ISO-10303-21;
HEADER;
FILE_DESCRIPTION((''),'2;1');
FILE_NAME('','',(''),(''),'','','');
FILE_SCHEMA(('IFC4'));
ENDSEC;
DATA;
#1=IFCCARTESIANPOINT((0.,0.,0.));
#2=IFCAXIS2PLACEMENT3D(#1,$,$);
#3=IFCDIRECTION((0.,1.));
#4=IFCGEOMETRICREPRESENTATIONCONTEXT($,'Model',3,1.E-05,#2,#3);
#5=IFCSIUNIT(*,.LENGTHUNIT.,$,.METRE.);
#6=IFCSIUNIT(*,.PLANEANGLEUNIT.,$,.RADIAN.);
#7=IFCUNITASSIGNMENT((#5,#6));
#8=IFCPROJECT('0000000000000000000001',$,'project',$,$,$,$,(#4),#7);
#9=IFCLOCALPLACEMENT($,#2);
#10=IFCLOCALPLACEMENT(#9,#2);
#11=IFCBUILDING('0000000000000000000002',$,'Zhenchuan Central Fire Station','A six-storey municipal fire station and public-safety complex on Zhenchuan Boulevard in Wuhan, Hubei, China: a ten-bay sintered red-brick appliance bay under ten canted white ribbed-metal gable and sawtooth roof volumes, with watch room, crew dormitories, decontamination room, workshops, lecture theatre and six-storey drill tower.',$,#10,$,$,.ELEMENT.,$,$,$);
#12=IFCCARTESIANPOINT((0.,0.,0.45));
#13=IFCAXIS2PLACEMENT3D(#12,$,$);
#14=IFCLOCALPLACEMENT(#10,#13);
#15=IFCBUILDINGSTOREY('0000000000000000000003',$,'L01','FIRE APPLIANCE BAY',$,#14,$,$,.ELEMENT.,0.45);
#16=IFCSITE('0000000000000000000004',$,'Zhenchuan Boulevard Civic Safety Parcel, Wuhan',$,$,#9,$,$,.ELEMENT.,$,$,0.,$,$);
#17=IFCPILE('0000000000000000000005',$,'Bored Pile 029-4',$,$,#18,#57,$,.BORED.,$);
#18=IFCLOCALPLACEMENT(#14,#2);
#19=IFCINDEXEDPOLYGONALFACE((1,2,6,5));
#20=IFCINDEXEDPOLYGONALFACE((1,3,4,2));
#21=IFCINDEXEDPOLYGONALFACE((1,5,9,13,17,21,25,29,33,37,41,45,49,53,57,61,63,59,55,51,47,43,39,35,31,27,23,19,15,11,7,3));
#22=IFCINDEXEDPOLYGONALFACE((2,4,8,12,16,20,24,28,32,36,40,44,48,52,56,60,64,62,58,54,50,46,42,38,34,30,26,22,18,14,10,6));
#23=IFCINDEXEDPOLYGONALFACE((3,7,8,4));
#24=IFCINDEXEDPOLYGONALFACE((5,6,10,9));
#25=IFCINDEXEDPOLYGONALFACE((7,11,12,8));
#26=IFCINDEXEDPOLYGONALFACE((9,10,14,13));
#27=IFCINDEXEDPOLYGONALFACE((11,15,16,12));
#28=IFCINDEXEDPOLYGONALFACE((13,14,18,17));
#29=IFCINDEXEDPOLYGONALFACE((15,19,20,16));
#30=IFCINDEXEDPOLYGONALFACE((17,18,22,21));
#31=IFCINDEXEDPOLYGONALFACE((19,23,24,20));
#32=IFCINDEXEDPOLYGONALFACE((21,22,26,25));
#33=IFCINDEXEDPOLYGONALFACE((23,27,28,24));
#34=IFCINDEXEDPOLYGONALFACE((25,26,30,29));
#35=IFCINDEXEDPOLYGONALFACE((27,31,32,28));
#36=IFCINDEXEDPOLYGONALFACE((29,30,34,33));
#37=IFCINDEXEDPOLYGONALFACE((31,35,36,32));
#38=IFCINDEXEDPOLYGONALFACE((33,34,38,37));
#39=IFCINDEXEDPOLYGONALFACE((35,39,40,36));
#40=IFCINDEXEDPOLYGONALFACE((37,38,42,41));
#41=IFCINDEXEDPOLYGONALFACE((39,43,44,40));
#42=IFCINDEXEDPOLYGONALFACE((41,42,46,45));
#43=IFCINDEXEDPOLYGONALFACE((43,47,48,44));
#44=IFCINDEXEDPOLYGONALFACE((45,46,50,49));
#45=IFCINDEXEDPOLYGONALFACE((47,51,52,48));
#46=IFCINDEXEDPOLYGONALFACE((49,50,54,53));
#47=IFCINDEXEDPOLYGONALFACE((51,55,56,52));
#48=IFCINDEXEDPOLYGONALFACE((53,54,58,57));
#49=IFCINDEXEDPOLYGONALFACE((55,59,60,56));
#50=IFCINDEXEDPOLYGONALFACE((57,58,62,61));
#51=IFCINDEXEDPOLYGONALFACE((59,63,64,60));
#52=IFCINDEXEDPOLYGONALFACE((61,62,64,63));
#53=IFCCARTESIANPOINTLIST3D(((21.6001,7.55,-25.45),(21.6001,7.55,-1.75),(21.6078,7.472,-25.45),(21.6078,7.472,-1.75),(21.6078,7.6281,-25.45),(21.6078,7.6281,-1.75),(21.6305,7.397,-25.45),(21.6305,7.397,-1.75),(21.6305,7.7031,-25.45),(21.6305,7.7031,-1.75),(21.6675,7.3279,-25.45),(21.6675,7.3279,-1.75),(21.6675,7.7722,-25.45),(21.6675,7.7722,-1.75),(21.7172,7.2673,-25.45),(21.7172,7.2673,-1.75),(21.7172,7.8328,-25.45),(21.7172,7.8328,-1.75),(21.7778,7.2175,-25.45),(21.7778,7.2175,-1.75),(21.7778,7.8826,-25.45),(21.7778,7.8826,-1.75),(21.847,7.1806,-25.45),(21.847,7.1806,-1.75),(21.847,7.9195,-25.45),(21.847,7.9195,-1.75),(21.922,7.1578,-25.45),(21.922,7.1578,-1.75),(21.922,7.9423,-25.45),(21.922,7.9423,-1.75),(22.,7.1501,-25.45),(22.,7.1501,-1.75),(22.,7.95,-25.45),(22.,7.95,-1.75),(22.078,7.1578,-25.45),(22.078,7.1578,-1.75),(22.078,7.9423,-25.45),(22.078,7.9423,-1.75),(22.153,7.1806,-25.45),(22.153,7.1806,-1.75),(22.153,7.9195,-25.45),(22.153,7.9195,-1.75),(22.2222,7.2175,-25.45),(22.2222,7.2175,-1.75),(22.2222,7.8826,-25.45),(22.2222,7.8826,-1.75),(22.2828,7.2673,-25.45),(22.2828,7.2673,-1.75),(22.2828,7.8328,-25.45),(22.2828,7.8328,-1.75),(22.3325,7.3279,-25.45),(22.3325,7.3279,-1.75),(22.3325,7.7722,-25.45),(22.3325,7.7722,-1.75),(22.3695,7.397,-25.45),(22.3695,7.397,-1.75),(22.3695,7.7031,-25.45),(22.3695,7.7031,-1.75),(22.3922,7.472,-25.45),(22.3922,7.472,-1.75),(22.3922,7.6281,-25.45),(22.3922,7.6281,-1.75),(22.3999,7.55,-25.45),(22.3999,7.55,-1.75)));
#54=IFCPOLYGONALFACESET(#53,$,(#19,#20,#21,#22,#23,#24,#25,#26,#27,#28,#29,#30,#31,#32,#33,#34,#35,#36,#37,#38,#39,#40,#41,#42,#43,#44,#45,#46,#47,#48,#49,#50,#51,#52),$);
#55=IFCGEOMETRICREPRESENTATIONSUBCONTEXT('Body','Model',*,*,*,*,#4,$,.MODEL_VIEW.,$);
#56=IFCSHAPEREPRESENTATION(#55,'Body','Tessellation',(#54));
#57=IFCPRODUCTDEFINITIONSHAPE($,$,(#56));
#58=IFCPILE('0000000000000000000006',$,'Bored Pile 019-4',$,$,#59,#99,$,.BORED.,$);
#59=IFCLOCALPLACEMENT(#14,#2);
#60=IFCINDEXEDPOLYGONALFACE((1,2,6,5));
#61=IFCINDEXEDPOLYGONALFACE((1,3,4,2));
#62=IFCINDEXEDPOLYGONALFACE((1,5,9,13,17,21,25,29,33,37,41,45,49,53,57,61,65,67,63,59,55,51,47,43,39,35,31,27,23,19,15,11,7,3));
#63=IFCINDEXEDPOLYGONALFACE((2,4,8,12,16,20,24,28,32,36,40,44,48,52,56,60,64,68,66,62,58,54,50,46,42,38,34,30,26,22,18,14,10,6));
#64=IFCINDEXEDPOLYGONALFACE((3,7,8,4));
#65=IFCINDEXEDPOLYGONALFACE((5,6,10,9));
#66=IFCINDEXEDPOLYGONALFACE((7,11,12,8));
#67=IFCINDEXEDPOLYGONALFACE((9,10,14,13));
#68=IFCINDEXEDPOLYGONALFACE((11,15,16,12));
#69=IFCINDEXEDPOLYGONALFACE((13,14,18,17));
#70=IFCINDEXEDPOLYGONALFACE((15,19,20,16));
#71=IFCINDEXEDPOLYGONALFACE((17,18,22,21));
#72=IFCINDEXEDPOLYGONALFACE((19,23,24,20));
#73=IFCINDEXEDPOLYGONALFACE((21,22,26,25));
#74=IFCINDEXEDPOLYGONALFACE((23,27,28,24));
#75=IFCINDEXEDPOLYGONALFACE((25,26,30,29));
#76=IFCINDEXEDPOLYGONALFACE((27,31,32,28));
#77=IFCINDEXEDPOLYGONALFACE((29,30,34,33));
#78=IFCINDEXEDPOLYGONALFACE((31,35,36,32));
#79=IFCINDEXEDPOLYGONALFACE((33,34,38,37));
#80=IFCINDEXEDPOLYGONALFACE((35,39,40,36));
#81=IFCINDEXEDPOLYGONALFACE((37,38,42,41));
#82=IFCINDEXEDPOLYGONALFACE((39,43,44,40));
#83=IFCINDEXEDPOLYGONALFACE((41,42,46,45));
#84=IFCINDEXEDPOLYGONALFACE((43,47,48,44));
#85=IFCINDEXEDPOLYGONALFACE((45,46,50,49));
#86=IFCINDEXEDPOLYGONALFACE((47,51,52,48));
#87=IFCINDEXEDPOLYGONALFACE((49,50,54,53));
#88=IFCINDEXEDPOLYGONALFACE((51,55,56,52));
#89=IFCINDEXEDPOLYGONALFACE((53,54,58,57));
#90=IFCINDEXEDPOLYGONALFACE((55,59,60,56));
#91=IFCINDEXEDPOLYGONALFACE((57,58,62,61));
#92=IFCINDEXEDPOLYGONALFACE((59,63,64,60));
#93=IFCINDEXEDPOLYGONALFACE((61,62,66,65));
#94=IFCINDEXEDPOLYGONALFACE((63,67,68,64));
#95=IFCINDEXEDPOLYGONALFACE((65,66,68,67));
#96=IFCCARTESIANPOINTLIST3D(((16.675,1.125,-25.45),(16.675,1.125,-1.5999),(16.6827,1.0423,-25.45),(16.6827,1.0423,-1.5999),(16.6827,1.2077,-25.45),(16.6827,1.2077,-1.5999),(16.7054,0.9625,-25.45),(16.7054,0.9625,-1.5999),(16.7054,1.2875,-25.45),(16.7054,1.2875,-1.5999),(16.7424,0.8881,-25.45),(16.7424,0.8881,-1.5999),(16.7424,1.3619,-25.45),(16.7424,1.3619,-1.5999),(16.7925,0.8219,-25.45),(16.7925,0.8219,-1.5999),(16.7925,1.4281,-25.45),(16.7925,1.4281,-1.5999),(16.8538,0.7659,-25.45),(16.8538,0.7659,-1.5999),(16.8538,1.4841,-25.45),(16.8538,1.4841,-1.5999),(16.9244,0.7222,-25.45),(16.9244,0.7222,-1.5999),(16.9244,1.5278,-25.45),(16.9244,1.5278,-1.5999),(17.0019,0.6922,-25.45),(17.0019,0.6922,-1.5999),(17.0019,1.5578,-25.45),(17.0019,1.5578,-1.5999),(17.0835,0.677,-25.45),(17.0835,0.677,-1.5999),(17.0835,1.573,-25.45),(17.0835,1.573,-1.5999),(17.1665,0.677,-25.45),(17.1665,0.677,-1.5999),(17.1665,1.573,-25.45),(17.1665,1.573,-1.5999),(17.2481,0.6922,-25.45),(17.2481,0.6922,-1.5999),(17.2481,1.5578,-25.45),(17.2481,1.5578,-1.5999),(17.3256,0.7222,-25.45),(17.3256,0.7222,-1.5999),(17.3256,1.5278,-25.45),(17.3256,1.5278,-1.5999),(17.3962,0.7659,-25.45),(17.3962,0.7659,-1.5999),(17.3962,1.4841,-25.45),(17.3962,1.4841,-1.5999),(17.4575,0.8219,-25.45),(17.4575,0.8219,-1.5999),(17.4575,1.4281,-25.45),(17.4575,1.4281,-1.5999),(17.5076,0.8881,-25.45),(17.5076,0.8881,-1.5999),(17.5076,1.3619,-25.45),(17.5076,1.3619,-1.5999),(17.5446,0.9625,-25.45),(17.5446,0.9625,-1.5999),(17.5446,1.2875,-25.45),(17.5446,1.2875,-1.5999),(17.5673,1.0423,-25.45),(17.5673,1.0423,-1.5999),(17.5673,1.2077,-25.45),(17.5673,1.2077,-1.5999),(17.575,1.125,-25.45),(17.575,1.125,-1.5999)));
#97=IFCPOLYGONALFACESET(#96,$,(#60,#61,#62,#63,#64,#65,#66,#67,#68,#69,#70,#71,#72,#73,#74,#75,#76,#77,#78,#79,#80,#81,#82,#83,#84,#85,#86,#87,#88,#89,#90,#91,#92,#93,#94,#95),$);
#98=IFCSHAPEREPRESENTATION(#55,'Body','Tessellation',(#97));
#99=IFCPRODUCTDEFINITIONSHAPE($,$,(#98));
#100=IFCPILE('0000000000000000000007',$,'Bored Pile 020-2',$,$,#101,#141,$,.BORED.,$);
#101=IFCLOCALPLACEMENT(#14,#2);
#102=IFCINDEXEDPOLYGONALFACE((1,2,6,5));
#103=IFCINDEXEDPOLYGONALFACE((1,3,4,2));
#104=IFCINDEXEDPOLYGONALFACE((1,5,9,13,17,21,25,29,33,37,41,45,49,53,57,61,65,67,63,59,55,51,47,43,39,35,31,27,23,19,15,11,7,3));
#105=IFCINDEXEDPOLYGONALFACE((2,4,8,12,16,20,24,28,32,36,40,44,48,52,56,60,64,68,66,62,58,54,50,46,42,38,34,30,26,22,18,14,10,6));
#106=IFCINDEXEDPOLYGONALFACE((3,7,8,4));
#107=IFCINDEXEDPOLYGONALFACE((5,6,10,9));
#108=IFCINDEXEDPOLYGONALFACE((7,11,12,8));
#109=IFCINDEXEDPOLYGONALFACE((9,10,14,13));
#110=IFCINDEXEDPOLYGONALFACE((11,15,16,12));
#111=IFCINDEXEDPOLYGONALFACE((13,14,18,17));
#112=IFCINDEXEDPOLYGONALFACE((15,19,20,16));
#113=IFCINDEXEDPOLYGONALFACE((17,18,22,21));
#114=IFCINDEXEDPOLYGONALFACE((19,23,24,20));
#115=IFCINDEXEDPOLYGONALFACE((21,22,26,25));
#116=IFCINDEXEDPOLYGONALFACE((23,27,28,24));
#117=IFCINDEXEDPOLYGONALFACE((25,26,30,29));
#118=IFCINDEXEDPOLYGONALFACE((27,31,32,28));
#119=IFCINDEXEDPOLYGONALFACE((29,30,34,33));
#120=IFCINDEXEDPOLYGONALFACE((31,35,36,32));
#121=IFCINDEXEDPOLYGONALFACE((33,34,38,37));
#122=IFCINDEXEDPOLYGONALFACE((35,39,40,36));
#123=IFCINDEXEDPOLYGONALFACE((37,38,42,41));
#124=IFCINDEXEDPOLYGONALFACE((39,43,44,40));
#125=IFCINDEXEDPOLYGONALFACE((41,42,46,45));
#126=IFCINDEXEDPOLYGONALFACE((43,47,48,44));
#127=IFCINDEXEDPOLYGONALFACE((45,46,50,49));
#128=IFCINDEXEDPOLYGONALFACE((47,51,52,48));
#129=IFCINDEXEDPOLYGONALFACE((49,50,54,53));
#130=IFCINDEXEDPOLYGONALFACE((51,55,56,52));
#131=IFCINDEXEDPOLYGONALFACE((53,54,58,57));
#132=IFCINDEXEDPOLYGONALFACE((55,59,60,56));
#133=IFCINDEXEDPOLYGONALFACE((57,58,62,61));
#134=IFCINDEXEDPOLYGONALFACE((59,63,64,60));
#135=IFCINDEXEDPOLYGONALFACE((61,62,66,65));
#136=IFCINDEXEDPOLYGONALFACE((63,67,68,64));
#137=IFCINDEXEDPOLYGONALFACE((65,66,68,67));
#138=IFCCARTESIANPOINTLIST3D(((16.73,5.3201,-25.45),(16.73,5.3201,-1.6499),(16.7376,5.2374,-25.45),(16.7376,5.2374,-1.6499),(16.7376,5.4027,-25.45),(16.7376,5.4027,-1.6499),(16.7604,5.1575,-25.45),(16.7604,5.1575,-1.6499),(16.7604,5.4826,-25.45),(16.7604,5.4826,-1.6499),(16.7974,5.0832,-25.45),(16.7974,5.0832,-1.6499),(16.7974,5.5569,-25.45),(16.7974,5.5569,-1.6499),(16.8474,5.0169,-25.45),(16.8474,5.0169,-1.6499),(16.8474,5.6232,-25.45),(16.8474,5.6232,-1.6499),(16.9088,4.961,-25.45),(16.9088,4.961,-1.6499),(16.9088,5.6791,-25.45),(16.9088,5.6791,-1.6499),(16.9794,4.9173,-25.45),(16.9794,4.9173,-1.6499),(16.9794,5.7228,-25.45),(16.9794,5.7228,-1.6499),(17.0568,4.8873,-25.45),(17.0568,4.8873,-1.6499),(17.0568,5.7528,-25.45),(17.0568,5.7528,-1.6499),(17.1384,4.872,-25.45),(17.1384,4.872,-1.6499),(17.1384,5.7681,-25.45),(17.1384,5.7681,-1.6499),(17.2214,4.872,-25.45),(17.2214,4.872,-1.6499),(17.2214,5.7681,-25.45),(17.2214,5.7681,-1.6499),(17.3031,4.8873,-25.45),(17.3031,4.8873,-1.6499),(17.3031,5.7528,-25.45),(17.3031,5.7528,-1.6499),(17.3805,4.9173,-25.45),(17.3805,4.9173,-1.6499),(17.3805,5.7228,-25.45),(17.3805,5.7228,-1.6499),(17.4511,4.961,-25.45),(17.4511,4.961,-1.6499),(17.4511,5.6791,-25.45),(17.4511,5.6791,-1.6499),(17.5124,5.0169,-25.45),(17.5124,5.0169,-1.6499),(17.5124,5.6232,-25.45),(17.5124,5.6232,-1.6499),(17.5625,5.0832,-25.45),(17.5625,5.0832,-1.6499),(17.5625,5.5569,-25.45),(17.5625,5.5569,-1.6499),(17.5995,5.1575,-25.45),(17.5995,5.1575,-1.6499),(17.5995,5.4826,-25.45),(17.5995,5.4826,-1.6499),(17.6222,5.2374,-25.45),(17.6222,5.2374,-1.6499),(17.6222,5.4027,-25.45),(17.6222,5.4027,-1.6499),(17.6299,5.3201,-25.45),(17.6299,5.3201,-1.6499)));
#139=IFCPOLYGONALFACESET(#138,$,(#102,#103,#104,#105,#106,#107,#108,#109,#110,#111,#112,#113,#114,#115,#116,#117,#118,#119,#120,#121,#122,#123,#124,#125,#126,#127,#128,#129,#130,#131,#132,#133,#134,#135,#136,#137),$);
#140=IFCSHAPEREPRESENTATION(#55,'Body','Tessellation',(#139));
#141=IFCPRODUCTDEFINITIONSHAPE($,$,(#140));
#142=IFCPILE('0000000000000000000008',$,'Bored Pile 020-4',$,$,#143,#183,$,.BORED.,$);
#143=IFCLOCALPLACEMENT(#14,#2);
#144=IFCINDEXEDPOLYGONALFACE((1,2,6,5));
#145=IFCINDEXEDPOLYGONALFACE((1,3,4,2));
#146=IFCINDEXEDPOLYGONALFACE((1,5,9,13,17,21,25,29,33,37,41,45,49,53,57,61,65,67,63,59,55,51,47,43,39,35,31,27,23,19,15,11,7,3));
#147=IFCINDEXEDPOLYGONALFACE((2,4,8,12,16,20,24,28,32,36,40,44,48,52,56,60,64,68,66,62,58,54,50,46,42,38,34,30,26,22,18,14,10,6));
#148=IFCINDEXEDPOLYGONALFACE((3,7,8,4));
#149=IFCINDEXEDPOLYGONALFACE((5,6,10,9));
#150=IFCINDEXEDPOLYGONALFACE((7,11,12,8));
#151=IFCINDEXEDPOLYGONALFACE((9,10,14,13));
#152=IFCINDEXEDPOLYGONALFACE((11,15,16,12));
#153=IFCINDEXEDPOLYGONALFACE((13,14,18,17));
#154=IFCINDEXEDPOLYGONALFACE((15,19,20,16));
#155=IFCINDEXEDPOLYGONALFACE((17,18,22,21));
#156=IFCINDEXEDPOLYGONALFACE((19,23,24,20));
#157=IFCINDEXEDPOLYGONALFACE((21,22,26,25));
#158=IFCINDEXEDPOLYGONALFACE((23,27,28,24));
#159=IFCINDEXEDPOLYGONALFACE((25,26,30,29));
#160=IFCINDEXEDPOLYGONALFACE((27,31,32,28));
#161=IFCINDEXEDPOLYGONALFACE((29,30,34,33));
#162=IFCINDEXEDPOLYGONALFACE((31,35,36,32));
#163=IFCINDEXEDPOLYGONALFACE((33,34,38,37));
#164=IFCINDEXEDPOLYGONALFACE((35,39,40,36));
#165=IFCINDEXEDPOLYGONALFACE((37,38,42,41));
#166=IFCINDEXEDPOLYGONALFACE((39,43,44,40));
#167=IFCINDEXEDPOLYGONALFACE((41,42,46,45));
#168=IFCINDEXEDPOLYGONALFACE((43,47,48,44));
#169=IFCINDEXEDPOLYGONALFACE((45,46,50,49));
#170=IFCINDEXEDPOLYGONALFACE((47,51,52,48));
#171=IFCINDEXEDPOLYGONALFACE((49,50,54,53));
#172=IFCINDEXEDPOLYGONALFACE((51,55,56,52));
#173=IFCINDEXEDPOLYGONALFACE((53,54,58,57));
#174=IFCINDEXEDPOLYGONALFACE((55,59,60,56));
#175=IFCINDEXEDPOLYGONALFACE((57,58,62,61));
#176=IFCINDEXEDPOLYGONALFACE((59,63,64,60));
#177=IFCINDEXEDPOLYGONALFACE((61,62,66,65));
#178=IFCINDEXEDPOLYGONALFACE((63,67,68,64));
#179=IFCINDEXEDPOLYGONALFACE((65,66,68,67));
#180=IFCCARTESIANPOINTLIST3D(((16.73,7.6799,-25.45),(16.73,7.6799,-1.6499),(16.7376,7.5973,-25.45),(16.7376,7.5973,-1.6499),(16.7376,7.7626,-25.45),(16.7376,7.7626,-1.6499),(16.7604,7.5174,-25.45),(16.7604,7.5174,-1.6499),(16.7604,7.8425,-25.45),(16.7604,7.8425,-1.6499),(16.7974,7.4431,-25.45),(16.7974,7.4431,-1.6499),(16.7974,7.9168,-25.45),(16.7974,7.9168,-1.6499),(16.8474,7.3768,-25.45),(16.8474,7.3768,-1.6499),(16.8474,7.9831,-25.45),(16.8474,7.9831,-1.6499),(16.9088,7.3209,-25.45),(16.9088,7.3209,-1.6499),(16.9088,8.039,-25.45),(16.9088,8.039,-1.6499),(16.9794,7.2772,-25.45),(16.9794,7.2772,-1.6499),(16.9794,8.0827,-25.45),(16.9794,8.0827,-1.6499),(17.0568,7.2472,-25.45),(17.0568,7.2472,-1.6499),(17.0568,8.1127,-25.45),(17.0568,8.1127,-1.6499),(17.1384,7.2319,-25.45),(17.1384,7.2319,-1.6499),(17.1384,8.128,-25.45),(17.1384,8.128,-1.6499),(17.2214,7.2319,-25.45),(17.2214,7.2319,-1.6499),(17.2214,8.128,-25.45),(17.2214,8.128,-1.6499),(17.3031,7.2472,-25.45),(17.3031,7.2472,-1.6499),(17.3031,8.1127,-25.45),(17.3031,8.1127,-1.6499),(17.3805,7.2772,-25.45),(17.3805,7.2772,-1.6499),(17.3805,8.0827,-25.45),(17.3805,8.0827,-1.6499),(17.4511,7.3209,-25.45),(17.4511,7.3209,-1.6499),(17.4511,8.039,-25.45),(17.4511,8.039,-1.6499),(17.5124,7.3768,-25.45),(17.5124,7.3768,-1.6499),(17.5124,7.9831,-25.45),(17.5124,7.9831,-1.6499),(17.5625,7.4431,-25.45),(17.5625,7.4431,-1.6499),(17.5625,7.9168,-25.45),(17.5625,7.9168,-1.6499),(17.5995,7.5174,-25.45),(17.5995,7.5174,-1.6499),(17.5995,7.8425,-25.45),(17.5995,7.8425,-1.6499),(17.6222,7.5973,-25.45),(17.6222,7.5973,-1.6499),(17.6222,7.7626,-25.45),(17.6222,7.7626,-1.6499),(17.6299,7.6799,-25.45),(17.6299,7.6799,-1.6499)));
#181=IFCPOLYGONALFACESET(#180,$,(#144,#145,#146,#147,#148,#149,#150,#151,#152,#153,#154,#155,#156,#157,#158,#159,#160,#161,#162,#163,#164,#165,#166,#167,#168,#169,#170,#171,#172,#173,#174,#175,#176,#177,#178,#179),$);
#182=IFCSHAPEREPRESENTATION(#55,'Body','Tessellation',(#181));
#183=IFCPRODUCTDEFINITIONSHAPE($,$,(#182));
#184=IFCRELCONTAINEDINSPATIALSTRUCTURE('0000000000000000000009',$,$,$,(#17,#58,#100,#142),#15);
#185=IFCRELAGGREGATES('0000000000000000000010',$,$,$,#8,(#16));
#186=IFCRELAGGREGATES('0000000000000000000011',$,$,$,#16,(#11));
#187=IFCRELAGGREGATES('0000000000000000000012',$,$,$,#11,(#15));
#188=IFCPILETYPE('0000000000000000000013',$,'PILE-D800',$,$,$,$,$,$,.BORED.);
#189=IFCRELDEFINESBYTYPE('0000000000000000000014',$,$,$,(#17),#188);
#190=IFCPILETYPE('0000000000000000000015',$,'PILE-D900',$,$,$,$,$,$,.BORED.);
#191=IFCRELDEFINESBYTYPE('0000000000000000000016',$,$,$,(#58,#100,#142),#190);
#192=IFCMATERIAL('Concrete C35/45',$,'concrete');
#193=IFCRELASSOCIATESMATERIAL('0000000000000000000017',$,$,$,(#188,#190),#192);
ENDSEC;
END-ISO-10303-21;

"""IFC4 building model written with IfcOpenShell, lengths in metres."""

from ifc_helpers import new_model, si_unit, direction, frame, origin, origin_2d, place, context, subcontext, project, spatial, circle, extrude, material, material_profile, profile_set, type_object, element, save


model = new_model("IFC4")

# Units and contexts
model_context = context("Model", 3, precision=1e-05, world=origin(), true_north=direction((0.0, 1.0)))
body_context = subcontext(model_context, "Body", "Model", "MODEL_VIEW")
ifc_project = project(units=[si_unit("LENGTHUNIT", "METRE"), si_unit("PLANEANGLEUNIT", "RADIAN")], contexts=[model_context])

# Site, building, storey
site_placement = place(None, origin())
site = spatial("IfcSite", under=ifc_project, at=site_placement, Name="Zhenchuan Boulevard Civic Safety Parcel, Wuhan", CompositionType="ELEMENT", RefElevation=0.0)
building_placement = place(site_placement, origin())
building = spatial("IfcBuilding", under=site, at=building_placement, Name="Zhenchuan Central Fire Station", Description="A six-storey municipal fire station and public-safety complex on Zhenchuan Boulevard in Wuhan, Hubei, China: a ten-bay sintered red-brick appliance bay under ten canted white ribbed-metal gable and sawtooth roof volumes, with watch room, crew dormitories, decontamination room, workshops, lecture theatre and six-storey drill tower.", CompositionType="ELEMENT")
storey_placement = place(building_placement, frame((0.0, 0.0, 0.45)))
storey = spatial("IfcBuildingStorey", under=building, at=storey_placement, Name="L01", Description="FIRE APPLIANCE BAY", CompositionType="ELEMENT", Elevation=0.45)

# Piles
ifc_material_1 = material(Name="Concrete C35/45", Category="concrete")
ifc_material_profile_1 = material_profile(ifc_material_1, circle(Radius=0.3999, at=origin_2d()), Name="PILE D800")
ifc_profile_set_1 = profile_set([ifc_material_profile_1], Name="Concrete C35/45")
pile_type_1 = type_object("IfcPileType", Name="PILE-D800", PredefinedType="BORED", material=ifc_profile_set_1)
for number, where, z_axis, x_axis, name in (
    (1, (22.0, 7.55, -1.75), (0.0, 0.0, -1.0), (1.0, 0.0, 0.0), "Bored Pile 029-4"),
):
    element("IfcPile", number, at=place(storey_placement, frame(where, z_axis=z_axis, x_axis=x_axis)), inside=storey, type_object=pile_type_1, Name=name, PredefinedType="BORED", context=body_context, shape_type="SweptSolid", body=[
        extrude(circle(Radius=0.3999, at=origin_2d()), origin(), (0.0, 0.0, 1.0), 23.7),
    ])
ifc_material_profile_2 = material_profile(ifc_material_1, circle(Radius=0.45, at=origin_2d()), Name="PILE D900")
ifc_profile_set_2 = profile_set([ifc_material_profile_2], Name="Concrete C35/45")
pile_type_2 = type_object("IfcPileType", Name="PILE-D900", PredefinedType="BORED", material=ifc_profile_set_2)
pile_1_placement = place(storey_placement, frame((17.125, 1.125, -1.5999), z_axis=(0.0, 0.0, -1.0), x_axis=(1.0, 0.0, 0.0)))
element("IfcPile", 2, at=pile_1_placement, inside=storey, type_object=pile_type_2, Name="Bored Pile 019-4", PredefinedType="BORED", context=body_context, shape_type="SweptSolid", body=[
    extrude(circle(Radius=0.45, at=origin_2d()), origin(), (0.0, 0.0, 1.0), 23.8501),
])
for number, where, z_axis, x_axis, name in (
    (3, (17.1799, 5.3201, -1.6499), (0.0, 0.0, -1.0), (1.0, 0.0, 0.0), "Bored Pile 020-2"),
    (4, (17.1799, 7.6799, -1.6499), (0.0, 0.0, -1.0), (1.0, 0.0, 0.0), "Bored Pile 020-4"),
):
    element("IfcPile", number, at=place(storey_placement, frame(where, z_axis=z_axis, x_axis=x_axis)), inside=storey, type_object=pile_type_2, Name=name, PredefinedType="BORED", context=body_context, shape_type="SweptSolid", body=[
        extrude(circle(Radius=0.45, at=origin_2d()), origin(), (0.0, 0.0, 1.0), 23.8),
    ])

save(model, "model.ifc")
